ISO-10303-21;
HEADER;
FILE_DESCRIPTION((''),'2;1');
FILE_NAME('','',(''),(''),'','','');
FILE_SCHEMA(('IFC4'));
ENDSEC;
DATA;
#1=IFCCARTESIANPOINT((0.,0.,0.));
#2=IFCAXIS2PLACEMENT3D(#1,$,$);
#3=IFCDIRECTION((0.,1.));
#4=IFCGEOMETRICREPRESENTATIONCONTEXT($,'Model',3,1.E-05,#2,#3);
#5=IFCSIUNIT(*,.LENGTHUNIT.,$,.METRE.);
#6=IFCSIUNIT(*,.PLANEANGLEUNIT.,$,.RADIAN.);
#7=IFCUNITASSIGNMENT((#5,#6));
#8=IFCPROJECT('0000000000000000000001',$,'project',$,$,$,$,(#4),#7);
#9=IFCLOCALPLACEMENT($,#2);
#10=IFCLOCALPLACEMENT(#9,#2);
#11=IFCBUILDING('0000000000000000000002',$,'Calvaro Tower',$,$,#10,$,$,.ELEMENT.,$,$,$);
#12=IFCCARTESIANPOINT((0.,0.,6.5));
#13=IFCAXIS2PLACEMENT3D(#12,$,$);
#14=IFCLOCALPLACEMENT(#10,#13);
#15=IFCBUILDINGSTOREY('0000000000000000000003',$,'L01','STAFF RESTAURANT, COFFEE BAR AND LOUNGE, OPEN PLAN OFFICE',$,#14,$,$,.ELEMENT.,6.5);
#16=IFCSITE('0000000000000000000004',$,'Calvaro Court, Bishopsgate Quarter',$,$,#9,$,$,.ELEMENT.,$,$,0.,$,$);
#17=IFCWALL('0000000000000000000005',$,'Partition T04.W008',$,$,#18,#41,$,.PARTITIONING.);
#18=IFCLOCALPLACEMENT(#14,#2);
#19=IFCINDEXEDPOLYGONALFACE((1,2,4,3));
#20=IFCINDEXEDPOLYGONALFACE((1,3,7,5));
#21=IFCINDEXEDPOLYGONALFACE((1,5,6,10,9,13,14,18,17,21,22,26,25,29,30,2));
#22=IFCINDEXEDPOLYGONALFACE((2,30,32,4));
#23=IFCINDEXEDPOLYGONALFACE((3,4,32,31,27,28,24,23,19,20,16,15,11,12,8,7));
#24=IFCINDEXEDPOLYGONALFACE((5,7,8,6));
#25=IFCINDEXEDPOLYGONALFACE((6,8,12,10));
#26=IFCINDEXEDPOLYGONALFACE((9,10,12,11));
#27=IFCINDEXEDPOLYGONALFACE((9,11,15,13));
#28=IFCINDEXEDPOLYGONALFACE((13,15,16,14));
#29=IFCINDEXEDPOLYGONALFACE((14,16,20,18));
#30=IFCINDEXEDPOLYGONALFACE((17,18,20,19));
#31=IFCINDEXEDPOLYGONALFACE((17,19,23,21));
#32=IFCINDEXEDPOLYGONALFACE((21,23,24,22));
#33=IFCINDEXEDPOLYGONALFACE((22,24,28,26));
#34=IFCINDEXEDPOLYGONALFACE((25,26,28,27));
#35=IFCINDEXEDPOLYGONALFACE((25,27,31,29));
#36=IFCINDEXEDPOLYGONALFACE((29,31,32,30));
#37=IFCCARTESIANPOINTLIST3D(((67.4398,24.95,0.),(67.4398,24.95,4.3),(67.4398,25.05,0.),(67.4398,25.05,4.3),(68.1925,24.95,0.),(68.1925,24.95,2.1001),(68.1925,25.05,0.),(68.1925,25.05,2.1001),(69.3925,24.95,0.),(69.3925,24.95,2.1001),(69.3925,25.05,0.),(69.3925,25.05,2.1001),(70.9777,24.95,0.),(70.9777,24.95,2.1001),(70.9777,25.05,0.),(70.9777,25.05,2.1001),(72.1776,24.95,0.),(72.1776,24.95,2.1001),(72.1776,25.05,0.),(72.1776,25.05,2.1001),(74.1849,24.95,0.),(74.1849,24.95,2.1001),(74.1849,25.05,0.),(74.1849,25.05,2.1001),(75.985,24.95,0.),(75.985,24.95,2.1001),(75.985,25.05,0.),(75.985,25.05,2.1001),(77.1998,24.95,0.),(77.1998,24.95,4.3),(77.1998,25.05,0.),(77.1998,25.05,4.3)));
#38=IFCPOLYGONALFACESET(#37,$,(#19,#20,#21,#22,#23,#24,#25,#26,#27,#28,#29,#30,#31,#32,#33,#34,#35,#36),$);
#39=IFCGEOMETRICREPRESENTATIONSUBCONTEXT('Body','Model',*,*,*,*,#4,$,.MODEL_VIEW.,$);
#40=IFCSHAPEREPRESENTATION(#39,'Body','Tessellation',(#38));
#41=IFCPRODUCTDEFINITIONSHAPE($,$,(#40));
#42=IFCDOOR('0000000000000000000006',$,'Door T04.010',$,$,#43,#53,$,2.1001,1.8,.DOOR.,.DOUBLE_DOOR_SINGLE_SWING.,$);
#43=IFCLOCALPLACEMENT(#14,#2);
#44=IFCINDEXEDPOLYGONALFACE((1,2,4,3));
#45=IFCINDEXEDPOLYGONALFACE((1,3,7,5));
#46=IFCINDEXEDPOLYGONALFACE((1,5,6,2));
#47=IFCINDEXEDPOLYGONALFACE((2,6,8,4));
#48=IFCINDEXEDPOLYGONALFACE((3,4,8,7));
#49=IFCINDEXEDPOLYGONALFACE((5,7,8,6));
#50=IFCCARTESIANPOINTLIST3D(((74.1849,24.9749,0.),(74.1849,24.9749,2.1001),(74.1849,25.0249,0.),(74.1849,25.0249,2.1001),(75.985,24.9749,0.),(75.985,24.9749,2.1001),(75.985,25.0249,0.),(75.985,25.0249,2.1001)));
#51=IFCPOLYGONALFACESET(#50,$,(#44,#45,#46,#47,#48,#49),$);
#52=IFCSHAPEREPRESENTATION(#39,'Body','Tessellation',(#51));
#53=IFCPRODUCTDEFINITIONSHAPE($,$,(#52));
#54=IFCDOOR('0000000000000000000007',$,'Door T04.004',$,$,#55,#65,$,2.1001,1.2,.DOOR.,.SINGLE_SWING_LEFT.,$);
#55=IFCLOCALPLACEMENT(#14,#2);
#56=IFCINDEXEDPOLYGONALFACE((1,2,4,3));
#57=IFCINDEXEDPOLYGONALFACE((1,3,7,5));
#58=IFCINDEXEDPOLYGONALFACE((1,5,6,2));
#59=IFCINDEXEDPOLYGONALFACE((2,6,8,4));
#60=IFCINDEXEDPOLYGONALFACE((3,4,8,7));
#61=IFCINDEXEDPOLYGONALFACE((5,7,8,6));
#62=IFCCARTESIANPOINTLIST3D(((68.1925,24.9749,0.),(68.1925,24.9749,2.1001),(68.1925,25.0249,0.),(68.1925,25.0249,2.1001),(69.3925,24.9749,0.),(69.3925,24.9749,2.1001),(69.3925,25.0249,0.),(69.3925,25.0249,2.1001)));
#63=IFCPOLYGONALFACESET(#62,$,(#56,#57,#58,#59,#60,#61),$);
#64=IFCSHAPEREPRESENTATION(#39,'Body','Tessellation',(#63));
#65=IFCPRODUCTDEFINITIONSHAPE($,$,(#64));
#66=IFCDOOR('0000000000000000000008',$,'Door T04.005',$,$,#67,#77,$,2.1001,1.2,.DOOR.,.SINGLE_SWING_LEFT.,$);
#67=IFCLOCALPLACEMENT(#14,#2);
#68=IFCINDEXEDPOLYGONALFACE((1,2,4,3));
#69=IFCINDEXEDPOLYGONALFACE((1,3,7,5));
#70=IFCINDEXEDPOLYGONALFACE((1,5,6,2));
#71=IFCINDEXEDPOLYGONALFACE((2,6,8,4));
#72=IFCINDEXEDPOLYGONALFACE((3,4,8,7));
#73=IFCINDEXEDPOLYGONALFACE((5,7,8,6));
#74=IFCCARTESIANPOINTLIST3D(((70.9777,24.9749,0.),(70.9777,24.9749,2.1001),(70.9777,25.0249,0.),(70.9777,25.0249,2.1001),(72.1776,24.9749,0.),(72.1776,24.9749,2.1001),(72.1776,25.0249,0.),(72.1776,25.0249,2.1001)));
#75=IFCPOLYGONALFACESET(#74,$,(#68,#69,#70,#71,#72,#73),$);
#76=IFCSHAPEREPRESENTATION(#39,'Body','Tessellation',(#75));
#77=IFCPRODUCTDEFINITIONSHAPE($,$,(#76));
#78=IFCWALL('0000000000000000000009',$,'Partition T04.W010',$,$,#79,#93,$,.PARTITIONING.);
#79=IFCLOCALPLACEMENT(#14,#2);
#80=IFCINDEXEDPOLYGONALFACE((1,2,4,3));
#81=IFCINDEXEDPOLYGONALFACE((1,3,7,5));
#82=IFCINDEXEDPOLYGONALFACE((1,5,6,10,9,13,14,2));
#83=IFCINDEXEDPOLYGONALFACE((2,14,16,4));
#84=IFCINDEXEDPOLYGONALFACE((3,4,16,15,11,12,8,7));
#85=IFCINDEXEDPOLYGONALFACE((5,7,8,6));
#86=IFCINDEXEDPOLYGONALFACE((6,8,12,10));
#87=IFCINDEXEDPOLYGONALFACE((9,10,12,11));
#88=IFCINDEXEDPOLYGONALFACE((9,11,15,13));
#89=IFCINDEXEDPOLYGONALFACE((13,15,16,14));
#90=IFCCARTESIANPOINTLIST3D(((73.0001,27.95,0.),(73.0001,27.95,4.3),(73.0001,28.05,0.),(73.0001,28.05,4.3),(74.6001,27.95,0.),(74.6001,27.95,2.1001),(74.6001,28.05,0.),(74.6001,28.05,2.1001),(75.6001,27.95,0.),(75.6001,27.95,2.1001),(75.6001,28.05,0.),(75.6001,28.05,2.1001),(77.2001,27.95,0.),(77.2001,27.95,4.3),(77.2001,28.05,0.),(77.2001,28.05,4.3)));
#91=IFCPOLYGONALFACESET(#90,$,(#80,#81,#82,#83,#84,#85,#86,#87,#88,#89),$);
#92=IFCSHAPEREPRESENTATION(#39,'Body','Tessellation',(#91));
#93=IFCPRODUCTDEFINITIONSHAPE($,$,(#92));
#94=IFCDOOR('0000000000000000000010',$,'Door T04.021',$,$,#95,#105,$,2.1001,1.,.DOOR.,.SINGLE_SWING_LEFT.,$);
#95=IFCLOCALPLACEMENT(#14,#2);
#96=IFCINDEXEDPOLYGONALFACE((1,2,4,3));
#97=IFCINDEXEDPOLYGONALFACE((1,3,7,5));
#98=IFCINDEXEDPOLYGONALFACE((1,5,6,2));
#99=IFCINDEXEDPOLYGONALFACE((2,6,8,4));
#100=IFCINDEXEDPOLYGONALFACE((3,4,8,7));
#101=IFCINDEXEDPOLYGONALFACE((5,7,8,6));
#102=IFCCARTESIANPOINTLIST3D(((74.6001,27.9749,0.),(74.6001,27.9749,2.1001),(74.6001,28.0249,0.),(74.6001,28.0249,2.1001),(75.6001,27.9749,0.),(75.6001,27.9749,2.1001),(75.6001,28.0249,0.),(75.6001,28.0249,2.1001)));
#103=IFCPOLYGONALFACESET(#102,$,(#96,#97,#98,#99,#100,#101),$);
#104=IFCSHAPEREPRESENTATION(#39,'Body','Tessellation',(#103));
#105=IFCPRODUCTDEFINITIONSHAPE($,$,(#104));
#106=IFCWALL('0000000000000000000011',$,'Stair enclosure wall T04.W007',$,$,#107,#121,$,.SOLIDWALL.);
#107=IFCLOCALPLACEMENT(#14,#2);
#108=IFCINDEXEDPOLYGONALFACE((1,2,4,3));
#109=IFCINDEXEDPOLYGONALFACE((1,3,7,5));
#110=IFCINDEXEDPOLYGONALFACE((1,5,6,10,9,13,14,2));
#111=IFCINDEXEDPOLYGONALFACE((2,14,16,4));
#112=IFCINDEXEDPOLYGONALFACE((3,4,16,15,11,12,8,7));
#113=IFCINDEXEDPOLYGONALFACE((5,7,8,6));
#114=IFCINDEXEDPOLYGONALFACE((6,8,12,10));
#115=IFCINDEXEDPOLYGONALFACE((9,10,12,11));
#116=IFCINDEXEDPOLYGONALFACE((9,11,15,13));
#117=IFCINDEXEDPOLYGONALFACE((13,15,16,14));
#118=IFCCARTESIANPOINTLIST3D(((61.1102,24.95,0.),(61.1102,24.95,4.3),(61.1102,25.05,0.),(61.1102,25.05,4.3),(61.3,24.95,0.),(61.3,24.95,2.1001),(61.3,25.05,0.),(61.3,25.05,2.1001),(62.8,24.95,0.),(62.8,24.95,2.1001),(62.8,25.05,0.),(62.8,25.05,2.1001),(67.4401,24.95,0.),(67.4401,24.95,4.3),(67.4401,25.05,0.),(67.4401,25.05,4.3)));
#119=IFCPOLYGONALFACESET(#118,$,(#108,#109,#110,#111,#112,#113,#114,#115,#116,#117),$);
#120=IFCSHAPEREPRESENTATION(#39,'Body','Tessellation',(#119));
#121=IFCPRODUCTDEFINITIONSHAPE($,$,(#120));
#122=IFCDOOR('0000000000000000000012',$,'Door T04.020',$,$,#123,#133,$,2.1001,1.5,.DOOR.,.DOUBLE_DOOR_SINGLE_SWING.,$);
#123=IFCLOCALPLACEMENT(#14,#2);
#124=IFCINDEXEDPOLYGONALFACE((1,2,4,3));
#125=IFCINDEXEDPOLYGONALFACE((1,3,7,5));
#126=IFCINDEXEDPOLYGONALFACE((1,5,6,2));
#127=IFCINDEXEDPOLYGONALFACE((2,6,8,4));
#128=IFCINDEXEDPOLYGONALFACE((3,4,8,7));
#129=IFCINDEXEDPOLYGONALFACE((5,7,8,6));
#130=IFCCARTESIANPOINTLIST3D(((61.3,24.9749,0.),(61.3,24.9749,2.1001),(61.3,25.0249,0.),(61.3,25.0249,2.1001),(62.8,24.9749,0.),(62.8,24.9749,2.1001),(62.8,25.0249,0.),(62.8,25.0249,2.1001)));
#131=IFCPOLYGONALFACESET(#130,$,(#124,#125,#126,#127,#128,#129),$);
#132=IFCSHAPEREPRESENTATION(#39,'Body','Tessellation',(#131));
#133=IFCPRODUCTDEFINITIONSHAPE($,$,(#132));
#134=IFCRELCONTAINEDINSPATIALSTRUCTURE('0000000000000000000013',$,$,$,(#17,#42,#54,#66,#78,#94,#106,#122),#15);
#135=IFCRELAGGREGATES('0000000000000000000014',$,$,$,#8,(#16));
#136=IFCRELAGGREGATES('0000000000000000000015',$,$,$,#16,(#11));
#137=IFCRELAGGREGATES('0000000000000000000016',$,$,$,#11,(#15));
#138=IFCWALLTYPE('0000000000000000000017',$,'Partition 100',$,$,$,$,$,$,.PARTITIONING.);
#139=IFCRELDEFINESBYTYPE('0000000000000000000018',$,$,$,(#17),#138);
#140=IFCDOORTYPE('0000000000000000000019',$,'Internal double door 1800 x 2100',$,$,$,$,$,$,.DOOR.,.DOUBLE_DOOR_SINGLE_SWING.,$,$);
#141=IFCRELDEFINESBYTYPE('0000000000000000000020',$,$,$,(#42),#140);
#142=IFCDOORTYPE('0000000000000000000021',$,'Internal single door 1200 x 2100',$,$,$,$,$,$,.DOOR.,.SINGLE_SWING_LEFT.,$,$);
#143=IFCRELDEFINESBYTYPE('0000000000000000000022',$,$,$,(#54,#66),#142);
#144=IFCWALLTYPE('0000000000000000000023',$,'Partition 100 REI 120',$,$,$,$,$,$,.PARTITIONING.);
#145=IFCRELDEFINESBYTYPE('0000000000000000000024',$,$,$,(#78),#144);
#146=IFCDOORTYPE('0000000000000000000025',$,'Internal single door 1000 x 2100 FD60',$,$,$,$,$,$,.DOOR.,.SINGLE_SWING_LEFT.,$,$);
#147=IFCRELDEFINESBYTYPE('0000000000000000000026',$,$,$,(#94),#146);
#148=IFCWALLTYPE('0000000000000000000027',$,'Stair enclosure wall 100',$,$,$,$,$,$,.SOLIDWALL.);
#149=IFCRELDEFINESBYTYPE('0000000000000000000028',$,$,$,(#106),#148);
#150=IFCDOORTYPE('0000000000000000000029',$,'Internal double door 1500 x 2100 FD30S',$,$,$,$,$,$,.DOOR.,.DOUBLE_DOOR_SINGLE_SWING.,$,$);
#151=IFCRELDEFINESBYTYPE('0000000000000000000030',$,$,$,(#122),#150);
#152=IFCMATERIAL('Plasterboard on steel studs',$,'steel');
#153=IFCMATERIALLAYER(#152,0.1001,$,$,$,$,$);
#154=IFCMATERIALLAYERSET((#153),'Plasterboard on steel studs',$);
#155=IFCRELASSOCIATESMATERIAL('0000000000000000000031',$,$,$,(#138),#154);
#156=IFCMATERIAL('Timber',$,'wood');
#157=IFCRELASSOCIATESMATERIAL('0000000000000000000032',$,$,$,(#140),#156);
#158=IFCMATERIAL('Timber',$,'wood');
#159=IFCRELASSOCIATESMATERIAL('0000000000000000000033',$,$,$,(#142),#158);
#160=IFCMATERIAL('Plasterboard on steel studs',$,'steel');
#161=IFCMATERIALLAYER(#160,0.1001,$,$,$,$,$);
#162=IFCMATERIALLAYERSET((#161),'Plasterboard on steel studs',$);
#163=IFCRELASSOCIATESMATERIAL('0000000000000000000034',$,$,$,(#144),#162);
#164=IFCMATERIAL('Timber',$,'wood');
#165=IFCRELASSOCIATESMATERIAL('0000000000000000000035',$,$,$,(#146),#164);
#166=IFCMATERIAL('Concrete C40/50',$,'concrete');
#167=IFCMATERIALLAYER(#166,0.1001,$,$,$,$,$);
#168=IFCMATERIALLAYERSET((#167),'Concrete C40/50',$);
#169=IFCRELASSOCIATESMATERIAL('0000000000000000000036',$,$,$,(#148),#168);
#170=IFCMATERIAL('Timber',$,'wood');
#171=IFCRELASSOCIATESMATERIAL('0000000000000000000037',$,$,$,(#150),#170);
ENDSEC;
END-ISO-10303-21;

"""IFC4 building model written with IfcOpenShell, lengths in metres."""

from ifc_helpers import new_model, si_unit, direction, frame, frame_2d, origin, place, context, subcontext, project, spatial, rectangle, extrude, material, layer, layer_set, type_object, element, fill, save


model = new_model("IFC4")

# Units and contexts
model_context = context("Model", 3, precision=1e-05, world=origin(), true_north=direction((0.0, 1.0)))
body_context = subcontext(model_context, "Body", "Model", "MODEL_VIEW")
ifc_project = project(units=[si_unit("LENGTHUNIT", "METRE"), si_unit("PLANEANGLEUNIT", "RADIAN")], contexts=[model_context])

# Site, building, storey
site_placement = place(None, origin())
site = spatial("IfcSite", under=ifc_project, at=site_placement, Name="Calvaro Court, Bishopsgate Quarter", CompositionType="ELEMENT", RefElevation=0.0)
building_placement = place(site_placement, origin())
building = spatial("IfcBuilding", under=site, at=building_placement, Name="Calvaro Tower", CompositionType="ELEMENT")
storey_placement = place(building_placement, frame((0.0, 0.0, 6.5)))
storey = spatial("IfcBuildingStorey", under=building, at=storey_placement, Name="L01", Description="STAFF RESTAURANT, COFFEE BAR AND LOUNGE, OPEN PLAN OFFICE", CompositionType="ELEMENT", Elevation=6.5)

# Wall, openings, doors
ifc_material_1 = material(Name="Plasterboard on steel studs", Category="steel")
ifc_layer_1 = layer(ifc_material_1, 0.1001)
ifc_layer_set_1 = layer_set([ifc_layer_1], Name="Plasterboard on steel studs")
wall_type_1 = type_object("IfcWallType", Name="Partition 100", PredefinedType="PARTITIONING", material=ifc_layer_set_1)
wall_1_placement = place(storey_placement, frame((67.4399, 25.0, 0.0), z_axis=(0.0, 0.0, 1.0), x_axis=(1.0, 0.0, 0.0)))
wall_1 = element("IfcWall", 1, at=wall_1_placement, inside=storey, type_object=wall_type_1, Name="Partition T04.W008", PredefinedType="PARTITIONING", context=body_context, shape_type="SweptSolid", body=[
    extrude(rectangle(XDim=9.76, YDim=0.1001, at=frame_2d((4.8799, 0.0))), origin(), (0.0, 0.0, 1.0), 4.3),
])
opening_1_placement = place(wall_1_placement, frame((0.7524, 0.0, 0.0)))
opening_1 = element("IfcOpeningElement", 2, at=opening_1_placement, cuts=wall_1, PredefinedType="OPENING", context=body_context, shape_type="SweptSolid", body=[
    extrude(rectangle(XDim=1.2, YDim=2.1001, at=frame_2d((0.6001, 1.05))), frame((0.0, 0.0601, 0.0), z_axis=(0.0, -1.0, 0.0), x_axis=(1.0, 0.0, 0.0)), (0.0, 0.0, 1.0), 0.1201),
])
opening_2_placement = place(wall_1_placement, frame((3.5376, 0.0, 0.0)))
opening_2 = element("IfcOpeningElement", 3, at=opening_2_placement, cuts=wall_1, PredefinedType="OPENING", context=body_context, shape_type="SweptSolid", body=[
    extrude(rectangle(XDim=1.2, YDim=2.1001, at=frame_2d((0.6001, 1.05))), frame((0.0, 0.0601, 0.0), z_axis=(0.0, -1.0, 0.0), x_axis=(1.0, 0.0, 0.0)), (0.0, 0.0, 1.0), 0.1201),
])
opening_3_placement = place(wall_1_placement, frame((6.7451, 0.0, 0.0)))
opening_3 = element("IfcOpeningElement", 4, at=opening_3_placement, cuts=wall_1, PredefinedType="OPENING", context=body_context, shape_type="SweptSolid", body=[
    extrude(rectangle(XDim=1.8, YDim=2.1001, at=frame_2d((0.8999, 1.05))), frame((0.0, 0.0601, 0.0), z_axis=(0.0, -1.0, 0.0), x_axis=(1.0, 0.0, 0.0)), (0.0, 0.0, 1.0), 0.1201),
])
ifc_material_2 = material(Name="Timber", Category="wood")
door_type_1 = type_object("IfcDoorType", Name="Internal double door 1800 x 2100", OperationType="DOUBLE_DOOR_SINGLE_SWING", PredefinedType="DOOR", material=ifc_material_2)
door_1_placement = place(opening_3_placement, origin())
door_1 = element("IfcDoor", 5, at=door_1_placement, inside=storey, type_object=door_type_1, Name="Door T04.010", OperationType="DOUBLE_DOOR_SINGLE_SWING", OverallHeight=2.1001, OverallWidth=1.8, PredefinedType="DOOR", context=body_context, shape_type="SweptSolid", body=[
    extrude(rectangle(XDim=1.8, YDim=2.1001, at=frame_2d((0.8999, 1.05))), frame((0.0, 0.0249, 0.0), z_axis=(0.0, -1.0, 0.0), x_axis=(1.0, 0.0, 0.0)), (0.0, 0.0, 1.0), 0.05),
])
fill(opening_3, door_1)
ifc_material_3 = material(Name="Timber", Category="wood")
door_type_2 = type_object("IfcDoorType", Name="Internal single door 1200 x 2100", OperationType="SINGLE_SWING_LEFT", PredefinedType="DOOR", material=ifc_material_3)
door_2_placement = place(opening_1_placement, origin())
door_2 = element("IfcDoor", 6, at=door_2_placement, inside=storey, type_object=door_type_2, Name="Door T04.004", OperationType="SINGLE_SWING_LEFT", OverallHeight=2.1001, OverallWidth=1.2, PredefinedType="DOOR", context=body_context, shape_type="SweptSolid", body=[
    extrude(rectangle(XDim=1.2, YDim=2.1001, at=frame_2d((0.6001, 1.05))), frame((0.0, 0.0249, 0.0), z_axis=(0.0, -1.0, 0.0), x_axis=(1.0, 0.0, 0.0)), (0.0, 0.0, 1.0), 0.05),
])
fill(opening_1, door_2)
door_3_placement = place(opening_2_placement, origin())
door_3 = element("IfcDoor", 7, at=door_3_placement, inside=storey, type_object=door_type_2, Name="Door T04.005", OperationType="SINGLE_SWING_LEFT", OverallHeight=2.1001, OverallWidth=1.2, PredefinedType="DOOR", context=body_context, shape_type="SweptSolid", body=[
    extrude(rectangle(XDim=1.2, YDim=2.1001, at=frame_2d((0.6001, 1.05))), frame((0.0, 0.0249, 0.0), z_axis=(0.0, -1.0, 0.0), x_axis=(1.0, 0.0, 0.0)), (0.0, 0.0, 1.0), 0.05),
])
fill(opening_2, door_3)

# Walls, openings, doors
ifc_material_4 = material(Name="Plasterboard on steel studs", Category="steel")
ifc_layer_2 = layer(ifc_material_4, 0.1001)
ifc_layer_set_2 = layer_set([ifc_layer_2], Name="Plasterboard on steel studs")
wall_type_2 = type_object("IfcWallType", Name="Partition 100 REI 120", PredefinedType="PARTITIONING", material=ifc_layer_set_2)
wall_2_placement = place(storey_placement, frame((73.0, 28.0, 0.0), z_axis=(0.0, 0.0, 1.0), x_axis=(1.0, 0.0, 0.0)))
wall_2 = element("IfcWall", 8, at=wall_2_placement, inside=storey, type_object=wall_type_2, Name="Partition T04.W010", PredefinedType="PARTITIONING", context=body_context, shape_type="SweptSolid", body=[
    extrude(rectangle(XDim=4.2, YDim=0.1001, at=frame_2d((2.1001, 0.0))), origin(), (0.0, 0.0, 1.0), 4.3),
])
opening_4_placement = place(wall_2_placement, frame((1.6001, 0.0, 0.0)))
opening_4 = element("IfcOpeningElement", 9, at=opening_4_placement, cuts=wall_2, PredefinedType="OPENING", context=body_context, shape_type="SweptSolid", body=[
    extrude(rectangle(XDim=1.0, YDim=2.1001, at=frame_2d((0.5, 1.05))), frame((0.0, 0.0601, 0.0), z_axis=(0.0, -1.0, 0.0), x_axis=(1.0, 0.0, 0.0)), (0.0, 0.0, 1.0), 0.1201),
])
ifc_material_5 = material(Name="Timber", Category="wood")
door_type_3 = type_object("IfcDoorType", Name="Internal single door 1000 x 2100 FD60", OperationType="SINGLE_SWING_LEFT", PredefinedType="DOOR", material=ifc_material_5)
door_4_placement = place(opening_4_placement, origin())
door_4 = element("IfcDoor", 10, at=door_4_placement, inside=storey, type_object=door_type_3, Name="Door T04.021", OperationType="SINGLE_SWING_LEFT", OverallHeight=2.1001, OverallWidth=1.0, PredefinedType="DOOR", context=body_context, shape_type="SweptSolid", body=[
    extrude(rectangle(XDim=1.0, YDim=2.1001, at=frame_2d((0.5, 1.05))), frame((0.0, 0.0249, 0.0), z_axis=(0.0, -1.0, 0.0), x_axis=(1.0, 0.0, 0.0)), (0.0, 0.0, 1.0), 0.05),
])
fill(opening_4, door_4)
ifc_material_6 = material(Name="Concrete C40/50", Category="concrete")
ifc_layer_3 = layer(ifc_material_6, 0.1001)
ifc_layer_set_3 = layer_set([ifc_layer_3], Name="Concrete C40/50")
wall_type_3 = type_object("IfcWallType", Name="Stair enclosure wall 100", PredefinedType="SOLIDWALL", material=ifc_layer_set_3)
wall_3_placement = place(storey_placement, frame((61.1101, 25.0, 0.0), z_axis=(0.0, 0.0, 1.0), x_axis=(1.0, 0.0, 0.0)))
wall_3 = element("IfcWall", 11, at=wall_3_placement, inside=storey, type_object=wall_type_3, Name="Stair enclosure wall T04.W007", PredefinedType="SOLIDWALL", context=body_context, shape_type="SweptSolid", body=[
    extrude(rectangle(XDim=6.3298, YDim=0.1001, at=frame_2d((3.165, 0.0))), origin(), (0.0, 0.0, 1.0), 4.3),
])
opening_5_placement = place(wall_3_placement, frame((0.1899, 0.0, 0.0)))
opening_5 = element("IfcOpeningElement", 12, at=opening_5_placement, cuts=wall_3, PredefinedType="OPENING", context=body_context, shape_type="SweptSolid", body=[
    extrude(rectangle(XDim=1.5, YDim=2.1001, at=frame_2d((0.75, 1.05))), frame((0.0, 0.0601, 0.0), z_axis=(0.0, -1.0, 0.0), x_axis=(1.0, 0.0, 0.0)), (0.0, 0.0, 1.0), 0.1201),
])
ifc_material_7 = material(Name="Timber", Category="wood")
door_type_4 = type_object("IfcDoorType", Name="Internal double door 1500 x 2100 FD30S", OperationType="DOUBLE_DOOR_SINGLE_SWING", PredefinedType="DOOR", material=ifc_material_7)
door_5_placement = place(opening_5_placement, origin())
door_5 = element("IfcDoor", 13, at=door_5_placement, inside=storey, type_object=door_type_4, Name="Door T04.020", OperationType="DOUBLE_DOOR_SINGLE_SWING", OverallHeight=2.1001, OverallWidth=1.5, PredefinedType="DOOR", context=body_context, shape_type="SweptSolid", body=[
    extrude(rectangle(XDim=1.5, YDim=2.1001, at=frame_2d((0.75, 1.05))), frame((0.0, 0.0249, 0.0), z_axis=(0.0, -1.0, 0.0), x_axis=(1.0, 0.0, 0.0)), (0.0, 0.0, 1.0), 0.05),
])
fill(opening_5, door_5)

save(model, "model.ifc")
